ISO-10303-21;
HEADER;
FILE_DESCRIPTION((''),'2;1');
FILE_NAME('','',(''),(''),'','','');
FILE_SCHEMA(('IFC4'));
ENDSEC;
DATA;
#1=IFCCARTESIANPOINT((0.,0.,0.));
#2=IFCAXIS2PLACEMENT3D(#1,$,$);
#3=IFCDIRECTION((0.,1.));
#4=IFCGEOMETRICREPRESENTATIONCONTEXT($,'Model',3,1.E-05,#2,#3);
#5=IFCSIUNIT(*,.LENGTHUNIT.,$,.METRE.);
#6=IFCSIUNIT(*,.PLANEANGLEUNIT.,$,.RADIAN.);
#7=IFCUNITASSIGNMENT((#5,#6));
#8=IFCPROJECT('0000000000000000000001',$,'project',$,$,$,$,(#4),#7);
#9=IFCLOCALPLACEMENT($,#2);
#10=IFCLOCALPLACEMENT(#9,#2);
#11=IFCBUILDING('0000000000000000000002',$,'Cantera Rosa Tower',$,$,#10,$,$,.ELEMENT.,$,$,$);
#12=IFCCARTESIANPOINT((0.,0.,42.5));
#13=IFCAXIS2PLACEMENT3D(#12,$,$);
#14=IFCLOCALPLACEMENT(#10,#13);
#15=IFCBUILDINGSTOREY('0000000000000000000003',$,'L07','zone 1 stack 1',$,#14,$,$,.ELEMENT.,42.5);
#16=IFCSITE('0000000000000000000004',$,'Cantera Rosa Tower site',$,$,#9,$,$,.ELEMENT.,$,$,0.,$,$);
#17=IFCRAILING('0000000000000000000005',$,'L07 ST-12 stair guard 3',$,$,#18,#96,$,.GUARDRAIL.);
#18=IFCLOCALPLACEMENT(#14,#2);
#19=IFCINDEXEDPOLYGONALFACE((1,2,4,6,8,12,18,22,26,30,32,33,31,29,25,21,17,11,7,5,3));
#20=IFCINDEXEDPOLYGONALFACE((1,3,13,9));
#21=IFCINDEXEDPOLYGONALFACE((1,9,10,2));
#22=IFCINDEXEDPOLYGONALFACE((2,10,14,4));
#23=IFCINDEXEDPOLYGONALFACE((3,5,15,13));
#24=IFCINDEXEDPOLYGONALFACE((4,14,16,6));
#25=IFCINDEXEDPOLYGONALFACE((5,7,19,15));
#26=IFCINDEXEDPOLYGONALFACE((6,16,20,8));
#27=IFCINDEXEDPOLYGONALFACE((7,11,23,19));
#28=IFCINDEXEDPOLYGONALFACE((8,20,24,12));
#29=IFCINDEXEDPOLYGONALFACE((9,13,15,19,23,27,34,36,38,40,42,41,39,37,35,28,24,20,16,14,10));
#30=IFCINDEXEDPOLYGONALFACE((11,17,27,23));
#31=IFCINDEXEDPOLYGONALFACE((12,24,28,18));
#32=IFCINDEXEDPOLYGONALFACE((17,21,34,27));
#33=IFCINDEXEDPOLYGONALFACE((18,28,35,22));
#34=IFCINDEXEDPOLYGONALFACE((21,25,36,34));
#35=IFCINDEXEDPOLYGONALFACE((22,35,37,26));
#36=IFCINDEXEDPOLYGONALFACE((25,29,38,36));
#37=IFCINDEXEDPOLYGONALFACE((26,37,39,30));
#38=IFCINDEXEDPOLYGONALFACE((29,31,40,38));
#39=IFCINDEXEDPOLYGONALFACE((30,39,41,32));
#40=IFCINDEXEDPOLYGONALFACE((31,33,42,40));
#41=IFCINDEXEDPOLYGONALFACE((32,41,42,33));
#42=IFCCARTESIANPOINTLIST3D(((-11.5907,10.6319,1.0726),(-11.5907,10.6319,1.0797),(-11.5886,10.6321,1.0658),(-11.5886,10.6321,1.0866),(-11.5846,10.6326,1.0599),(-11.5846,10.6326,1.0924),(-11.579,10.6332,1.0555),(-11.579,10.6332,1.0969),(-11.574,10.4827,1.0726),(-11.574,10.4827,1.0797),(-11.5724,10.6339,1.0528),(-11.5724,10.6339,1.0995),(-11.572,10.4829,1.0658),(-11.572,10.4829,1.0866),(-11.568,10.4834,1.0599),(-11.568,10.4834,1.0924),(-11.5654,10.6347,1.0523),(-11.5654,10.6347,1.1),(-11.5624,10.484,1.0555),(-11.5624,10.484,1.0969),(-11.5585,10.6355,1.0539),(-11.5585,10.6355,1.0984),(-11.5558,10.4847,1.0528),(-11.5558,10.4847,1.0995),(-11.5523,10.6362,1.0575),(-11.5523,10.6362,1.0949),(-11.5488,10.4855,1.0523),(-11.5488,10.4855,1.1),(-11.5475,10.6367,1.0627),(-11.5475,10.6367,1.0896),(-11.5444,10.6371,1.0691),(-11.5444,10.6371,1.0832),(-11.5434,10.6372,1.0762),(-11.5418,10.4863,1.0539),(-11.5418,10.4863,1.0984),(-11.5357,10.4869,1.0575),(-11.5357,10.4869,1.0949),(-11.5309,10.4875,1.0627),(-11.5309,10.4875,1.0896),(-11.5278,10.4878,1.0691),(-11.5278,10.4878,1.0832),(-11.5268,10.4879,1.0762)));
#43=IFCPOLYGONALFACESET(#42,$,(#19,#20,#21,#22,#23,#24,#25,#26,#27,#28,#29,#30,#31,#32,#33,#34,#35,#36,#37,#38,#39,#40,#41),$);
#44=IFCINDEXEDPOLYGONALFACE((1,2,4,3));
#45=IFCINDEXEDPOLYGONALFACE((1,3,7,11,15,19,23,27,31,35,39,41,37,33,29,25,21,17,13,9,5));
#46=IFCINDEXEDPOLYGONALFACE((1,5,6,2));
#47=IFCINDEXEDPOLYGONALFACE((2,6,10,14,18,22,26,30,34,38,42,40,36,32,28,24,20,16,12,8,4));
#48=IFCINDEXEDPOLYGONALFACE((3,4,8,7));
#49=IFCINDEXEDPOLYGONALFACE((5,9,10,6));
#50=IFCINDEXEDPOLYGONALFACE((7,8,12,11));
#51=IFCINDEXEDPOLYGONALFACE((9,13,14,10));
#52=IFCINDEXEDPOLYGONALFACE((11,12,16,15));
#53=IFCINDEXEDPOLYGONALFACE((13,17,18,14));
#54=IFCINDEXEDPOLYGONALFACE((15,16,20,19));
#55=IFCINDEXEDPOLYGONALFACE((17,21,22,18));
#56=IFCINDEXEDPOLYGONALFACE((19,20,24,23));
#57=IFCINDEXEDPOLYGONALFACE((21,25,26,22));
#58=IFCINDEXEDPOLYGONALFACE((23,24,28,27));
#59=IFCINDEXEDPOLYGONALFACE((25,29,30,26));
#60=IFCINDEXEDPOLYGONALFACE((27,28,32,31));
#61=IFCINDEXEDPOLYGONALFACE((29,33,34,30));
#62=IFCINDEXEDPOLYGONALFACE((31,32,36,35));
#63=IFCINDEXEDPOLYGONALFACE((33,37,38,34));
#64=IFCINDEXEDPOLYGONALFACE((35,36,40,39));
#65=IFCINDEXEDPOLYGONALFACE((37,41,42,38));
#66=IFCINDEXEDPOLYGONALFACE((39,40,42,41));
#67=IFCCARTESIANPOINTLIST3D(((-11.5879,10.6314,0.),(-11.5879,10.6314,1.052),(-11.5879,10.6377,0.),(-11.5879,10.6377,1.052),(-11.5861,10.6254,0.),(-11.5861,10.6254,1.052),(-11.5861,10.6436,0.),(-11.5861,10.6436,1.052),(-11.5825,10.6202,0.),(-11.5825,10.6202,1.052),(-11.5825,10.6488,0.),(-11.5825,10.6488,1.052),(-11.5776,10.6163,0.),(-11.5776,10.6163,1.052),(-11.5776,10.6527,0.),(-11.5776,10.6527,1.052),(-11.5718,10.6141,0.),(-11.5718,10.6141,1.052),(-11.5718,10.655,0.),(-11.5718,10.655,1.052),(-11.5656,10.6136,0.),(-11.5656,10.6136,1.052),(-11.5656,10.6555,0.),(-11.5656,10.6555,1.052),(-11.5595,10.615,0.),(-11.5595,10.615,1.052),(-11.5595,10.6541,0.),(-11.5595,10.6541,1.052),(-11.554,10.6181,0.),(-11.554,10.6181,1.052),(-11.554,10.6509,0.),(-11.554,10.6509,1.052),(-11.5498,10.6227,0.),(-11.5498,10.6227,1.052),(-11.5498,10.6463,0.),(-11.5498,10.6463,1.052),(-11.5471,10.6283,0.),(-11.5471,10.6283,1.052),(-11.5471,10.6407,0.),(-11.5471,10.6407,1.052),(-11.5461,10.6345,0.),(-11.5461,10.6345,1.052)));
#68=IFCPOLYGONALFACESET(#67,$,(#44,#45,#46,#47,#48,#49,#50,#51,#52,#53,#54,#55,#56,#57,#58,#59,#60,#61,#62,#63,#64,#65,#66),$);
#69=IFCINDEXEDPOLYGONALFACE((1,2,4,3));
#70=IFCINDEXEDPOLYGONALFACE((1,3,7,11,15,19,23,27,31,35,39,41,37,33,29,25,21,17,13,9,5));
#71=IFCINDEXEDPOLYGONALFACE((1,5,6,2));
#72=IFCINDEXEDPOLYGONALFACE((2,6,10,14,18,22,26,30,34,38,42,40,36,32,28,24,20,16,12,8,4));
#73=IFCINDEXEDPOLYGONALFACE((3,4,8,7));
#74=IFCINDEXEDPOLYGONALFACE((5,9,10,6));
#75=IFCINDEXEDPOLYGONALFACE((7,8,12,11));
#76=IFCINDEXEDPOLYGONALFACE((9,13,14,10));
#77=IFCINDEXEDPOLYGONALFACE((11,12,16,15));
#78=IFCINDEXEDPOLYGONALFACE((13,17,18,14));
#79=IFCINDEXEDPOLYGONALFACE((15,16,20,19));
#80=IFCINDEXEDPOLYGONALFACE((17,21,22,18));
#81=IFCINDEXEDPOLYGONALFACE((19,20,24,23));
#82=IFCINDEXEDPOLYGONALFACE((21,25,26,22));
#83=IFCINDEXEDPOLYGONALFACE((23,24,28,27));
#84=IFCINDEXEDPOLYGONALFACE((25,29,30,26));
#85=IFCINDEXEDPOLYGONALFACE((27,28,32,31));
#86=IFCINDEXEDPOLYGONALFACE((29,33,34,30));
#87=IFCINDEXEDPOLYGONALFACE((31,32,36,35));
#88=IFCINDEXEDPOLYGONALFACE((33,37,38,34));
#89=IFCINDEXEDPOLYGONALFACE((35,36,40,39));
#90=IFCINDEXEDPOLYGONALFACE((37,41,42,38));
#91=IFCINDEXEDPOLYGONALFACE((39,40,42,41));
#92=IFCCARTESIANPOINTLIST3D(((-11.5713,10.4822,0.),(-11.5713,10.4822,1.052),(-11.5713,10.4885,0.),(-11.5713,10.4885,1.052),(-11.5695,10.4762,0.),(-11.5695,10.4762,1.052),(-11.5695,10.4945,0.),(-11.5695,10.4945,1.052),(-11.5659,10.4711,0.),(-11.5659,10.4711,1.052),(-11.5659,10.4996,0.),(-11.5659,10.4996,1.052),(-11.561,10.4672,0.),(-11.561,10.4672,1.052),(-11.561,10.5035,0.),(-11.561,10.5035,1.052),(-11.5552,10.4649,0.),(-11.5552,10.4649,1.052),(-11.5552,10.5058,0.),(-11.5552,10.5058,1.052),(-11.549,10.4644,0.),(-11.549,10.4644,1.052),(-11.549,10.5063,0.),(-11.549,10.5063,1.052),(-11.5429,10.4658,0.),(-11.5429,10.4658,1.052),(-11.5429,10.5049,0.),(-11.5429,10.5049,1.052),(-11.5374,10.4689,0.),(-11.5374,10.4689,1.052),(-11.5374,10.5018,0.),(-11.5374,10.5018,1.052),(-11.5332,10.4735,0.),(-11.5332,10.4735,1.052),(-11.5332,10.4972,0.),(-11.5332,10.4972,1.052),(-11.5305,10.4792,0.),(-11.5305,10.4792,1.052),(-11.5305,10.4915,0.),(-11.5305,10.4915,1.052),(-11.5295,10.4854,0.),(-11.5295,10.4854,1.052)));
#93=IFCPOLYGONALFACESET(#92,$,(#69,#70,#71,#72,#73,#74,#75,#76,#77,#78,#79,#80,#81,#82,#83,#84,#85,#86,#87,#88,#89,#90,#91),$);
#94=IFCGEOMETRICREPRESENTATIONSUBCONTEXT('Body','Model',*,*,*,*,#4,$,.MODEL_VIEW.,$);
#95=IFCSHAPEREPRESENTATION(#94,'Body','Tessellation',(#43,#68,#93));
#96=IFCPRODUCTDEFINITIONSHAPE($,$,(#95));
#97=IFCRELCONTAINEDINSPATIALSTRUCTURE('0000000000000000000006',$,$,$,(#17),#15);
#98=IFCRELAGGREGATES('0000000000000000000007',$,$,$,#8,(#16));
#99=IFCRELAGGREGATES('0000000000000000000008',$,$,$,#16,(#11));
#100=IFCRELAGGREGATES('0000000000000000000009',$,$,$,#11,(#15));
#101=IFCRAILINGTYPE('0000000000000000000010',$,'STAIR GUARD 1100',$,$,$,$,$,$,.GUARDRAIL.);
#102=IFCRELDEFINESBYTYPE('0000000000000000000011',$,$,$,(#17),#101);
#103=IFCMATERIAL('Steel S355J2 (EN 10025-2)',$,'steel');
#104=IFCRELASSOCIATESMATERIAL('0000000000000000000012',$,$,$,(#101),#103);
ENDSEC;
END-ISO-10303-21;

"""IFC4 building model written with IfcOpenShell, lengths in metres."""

from ifc_helpers import new_model, si_unit, direction, frame, origin, origin_2d, place, context, subcontext, project, spatial, circle, extrude, material, type_object, element, save


model = new_model("IFC4")

# Units and contexts
model_context = context("Model", 3, precision=1e-05, world=origin(), true_north=direction((0.0, 1.0)))
body_context = subcontext(model_context, "Body", "Model", "MODEL_VIEW")
ifc_project = project(units=[si_unit("LENGTHUNIT", "METRE"), si_unit("PLANEANGLEUNIT", "RADIAN")], contexts=[model_context])

# Site, building, storey
site_placement = place(None, origin())
site = spatial("IfcSite", under=ifc_project, at=site_placement, Name="Cantera Rosa Tower site", CompositionType="ELEMENT", RefElevation=0.0)
building_placement = place(site_placement, origin())
building = spatial("IfcBuilding", under=site, at=building_placement, Name="Cantera Rosa Tower", CompositionType="ELEMENT")
storey_placement = place(building_placement, frame((0.0, 0.0, 42.5)))
storey = spatial("IfcBuildingStorey", under=building, at=storey_placement, Name="L07", Description="zone 1 stack 1", CompositionType="ELEMENT", Elevation=42.5)

# Railing
ifc_material_1 = material(Name="Steel S355J2 (EN 10025-2)", Category="steel")
railing_type_1 = type_object("IfcRailingType", Name="STAIR GUARD 1100", PredefinedType="GUARDRAIL", material=ifc_material_1)
railing_1_placement = place(storey_placement, frame((-11.5671, 10.6345, 0.0)))
element("IfcRailing", 1, at=railing_1_placement, inside=storey, type_object=railing_type_1, Name="L07 ST-12 stair guard 3", PredefinedType="GUARDRAIL", context=body_context, shape_type="SweptSolid", body=[
    extrude(circle(Radius=0.0239, at=origin_2d()), frame((0.0, 0.0, 1.0762), z_axis=(0.11061, -0.993864, 0.0), x_axis=(0.993864, 0.11061, 0.0)), (0.0, 0.0, 1.0), 0.1501),
    extrude(circle(Radius=0.021, at=origin_2d()), origin(), (0.0, 0.0, 1.0), 1.052),
    extrude(circle(Radius=0.021, at=origin_2d()), frame((0.0166, -0.1492, 0.0)), (0.0, 0.0, 1.0), 1.052),
])

save(model, "model.ifc")
